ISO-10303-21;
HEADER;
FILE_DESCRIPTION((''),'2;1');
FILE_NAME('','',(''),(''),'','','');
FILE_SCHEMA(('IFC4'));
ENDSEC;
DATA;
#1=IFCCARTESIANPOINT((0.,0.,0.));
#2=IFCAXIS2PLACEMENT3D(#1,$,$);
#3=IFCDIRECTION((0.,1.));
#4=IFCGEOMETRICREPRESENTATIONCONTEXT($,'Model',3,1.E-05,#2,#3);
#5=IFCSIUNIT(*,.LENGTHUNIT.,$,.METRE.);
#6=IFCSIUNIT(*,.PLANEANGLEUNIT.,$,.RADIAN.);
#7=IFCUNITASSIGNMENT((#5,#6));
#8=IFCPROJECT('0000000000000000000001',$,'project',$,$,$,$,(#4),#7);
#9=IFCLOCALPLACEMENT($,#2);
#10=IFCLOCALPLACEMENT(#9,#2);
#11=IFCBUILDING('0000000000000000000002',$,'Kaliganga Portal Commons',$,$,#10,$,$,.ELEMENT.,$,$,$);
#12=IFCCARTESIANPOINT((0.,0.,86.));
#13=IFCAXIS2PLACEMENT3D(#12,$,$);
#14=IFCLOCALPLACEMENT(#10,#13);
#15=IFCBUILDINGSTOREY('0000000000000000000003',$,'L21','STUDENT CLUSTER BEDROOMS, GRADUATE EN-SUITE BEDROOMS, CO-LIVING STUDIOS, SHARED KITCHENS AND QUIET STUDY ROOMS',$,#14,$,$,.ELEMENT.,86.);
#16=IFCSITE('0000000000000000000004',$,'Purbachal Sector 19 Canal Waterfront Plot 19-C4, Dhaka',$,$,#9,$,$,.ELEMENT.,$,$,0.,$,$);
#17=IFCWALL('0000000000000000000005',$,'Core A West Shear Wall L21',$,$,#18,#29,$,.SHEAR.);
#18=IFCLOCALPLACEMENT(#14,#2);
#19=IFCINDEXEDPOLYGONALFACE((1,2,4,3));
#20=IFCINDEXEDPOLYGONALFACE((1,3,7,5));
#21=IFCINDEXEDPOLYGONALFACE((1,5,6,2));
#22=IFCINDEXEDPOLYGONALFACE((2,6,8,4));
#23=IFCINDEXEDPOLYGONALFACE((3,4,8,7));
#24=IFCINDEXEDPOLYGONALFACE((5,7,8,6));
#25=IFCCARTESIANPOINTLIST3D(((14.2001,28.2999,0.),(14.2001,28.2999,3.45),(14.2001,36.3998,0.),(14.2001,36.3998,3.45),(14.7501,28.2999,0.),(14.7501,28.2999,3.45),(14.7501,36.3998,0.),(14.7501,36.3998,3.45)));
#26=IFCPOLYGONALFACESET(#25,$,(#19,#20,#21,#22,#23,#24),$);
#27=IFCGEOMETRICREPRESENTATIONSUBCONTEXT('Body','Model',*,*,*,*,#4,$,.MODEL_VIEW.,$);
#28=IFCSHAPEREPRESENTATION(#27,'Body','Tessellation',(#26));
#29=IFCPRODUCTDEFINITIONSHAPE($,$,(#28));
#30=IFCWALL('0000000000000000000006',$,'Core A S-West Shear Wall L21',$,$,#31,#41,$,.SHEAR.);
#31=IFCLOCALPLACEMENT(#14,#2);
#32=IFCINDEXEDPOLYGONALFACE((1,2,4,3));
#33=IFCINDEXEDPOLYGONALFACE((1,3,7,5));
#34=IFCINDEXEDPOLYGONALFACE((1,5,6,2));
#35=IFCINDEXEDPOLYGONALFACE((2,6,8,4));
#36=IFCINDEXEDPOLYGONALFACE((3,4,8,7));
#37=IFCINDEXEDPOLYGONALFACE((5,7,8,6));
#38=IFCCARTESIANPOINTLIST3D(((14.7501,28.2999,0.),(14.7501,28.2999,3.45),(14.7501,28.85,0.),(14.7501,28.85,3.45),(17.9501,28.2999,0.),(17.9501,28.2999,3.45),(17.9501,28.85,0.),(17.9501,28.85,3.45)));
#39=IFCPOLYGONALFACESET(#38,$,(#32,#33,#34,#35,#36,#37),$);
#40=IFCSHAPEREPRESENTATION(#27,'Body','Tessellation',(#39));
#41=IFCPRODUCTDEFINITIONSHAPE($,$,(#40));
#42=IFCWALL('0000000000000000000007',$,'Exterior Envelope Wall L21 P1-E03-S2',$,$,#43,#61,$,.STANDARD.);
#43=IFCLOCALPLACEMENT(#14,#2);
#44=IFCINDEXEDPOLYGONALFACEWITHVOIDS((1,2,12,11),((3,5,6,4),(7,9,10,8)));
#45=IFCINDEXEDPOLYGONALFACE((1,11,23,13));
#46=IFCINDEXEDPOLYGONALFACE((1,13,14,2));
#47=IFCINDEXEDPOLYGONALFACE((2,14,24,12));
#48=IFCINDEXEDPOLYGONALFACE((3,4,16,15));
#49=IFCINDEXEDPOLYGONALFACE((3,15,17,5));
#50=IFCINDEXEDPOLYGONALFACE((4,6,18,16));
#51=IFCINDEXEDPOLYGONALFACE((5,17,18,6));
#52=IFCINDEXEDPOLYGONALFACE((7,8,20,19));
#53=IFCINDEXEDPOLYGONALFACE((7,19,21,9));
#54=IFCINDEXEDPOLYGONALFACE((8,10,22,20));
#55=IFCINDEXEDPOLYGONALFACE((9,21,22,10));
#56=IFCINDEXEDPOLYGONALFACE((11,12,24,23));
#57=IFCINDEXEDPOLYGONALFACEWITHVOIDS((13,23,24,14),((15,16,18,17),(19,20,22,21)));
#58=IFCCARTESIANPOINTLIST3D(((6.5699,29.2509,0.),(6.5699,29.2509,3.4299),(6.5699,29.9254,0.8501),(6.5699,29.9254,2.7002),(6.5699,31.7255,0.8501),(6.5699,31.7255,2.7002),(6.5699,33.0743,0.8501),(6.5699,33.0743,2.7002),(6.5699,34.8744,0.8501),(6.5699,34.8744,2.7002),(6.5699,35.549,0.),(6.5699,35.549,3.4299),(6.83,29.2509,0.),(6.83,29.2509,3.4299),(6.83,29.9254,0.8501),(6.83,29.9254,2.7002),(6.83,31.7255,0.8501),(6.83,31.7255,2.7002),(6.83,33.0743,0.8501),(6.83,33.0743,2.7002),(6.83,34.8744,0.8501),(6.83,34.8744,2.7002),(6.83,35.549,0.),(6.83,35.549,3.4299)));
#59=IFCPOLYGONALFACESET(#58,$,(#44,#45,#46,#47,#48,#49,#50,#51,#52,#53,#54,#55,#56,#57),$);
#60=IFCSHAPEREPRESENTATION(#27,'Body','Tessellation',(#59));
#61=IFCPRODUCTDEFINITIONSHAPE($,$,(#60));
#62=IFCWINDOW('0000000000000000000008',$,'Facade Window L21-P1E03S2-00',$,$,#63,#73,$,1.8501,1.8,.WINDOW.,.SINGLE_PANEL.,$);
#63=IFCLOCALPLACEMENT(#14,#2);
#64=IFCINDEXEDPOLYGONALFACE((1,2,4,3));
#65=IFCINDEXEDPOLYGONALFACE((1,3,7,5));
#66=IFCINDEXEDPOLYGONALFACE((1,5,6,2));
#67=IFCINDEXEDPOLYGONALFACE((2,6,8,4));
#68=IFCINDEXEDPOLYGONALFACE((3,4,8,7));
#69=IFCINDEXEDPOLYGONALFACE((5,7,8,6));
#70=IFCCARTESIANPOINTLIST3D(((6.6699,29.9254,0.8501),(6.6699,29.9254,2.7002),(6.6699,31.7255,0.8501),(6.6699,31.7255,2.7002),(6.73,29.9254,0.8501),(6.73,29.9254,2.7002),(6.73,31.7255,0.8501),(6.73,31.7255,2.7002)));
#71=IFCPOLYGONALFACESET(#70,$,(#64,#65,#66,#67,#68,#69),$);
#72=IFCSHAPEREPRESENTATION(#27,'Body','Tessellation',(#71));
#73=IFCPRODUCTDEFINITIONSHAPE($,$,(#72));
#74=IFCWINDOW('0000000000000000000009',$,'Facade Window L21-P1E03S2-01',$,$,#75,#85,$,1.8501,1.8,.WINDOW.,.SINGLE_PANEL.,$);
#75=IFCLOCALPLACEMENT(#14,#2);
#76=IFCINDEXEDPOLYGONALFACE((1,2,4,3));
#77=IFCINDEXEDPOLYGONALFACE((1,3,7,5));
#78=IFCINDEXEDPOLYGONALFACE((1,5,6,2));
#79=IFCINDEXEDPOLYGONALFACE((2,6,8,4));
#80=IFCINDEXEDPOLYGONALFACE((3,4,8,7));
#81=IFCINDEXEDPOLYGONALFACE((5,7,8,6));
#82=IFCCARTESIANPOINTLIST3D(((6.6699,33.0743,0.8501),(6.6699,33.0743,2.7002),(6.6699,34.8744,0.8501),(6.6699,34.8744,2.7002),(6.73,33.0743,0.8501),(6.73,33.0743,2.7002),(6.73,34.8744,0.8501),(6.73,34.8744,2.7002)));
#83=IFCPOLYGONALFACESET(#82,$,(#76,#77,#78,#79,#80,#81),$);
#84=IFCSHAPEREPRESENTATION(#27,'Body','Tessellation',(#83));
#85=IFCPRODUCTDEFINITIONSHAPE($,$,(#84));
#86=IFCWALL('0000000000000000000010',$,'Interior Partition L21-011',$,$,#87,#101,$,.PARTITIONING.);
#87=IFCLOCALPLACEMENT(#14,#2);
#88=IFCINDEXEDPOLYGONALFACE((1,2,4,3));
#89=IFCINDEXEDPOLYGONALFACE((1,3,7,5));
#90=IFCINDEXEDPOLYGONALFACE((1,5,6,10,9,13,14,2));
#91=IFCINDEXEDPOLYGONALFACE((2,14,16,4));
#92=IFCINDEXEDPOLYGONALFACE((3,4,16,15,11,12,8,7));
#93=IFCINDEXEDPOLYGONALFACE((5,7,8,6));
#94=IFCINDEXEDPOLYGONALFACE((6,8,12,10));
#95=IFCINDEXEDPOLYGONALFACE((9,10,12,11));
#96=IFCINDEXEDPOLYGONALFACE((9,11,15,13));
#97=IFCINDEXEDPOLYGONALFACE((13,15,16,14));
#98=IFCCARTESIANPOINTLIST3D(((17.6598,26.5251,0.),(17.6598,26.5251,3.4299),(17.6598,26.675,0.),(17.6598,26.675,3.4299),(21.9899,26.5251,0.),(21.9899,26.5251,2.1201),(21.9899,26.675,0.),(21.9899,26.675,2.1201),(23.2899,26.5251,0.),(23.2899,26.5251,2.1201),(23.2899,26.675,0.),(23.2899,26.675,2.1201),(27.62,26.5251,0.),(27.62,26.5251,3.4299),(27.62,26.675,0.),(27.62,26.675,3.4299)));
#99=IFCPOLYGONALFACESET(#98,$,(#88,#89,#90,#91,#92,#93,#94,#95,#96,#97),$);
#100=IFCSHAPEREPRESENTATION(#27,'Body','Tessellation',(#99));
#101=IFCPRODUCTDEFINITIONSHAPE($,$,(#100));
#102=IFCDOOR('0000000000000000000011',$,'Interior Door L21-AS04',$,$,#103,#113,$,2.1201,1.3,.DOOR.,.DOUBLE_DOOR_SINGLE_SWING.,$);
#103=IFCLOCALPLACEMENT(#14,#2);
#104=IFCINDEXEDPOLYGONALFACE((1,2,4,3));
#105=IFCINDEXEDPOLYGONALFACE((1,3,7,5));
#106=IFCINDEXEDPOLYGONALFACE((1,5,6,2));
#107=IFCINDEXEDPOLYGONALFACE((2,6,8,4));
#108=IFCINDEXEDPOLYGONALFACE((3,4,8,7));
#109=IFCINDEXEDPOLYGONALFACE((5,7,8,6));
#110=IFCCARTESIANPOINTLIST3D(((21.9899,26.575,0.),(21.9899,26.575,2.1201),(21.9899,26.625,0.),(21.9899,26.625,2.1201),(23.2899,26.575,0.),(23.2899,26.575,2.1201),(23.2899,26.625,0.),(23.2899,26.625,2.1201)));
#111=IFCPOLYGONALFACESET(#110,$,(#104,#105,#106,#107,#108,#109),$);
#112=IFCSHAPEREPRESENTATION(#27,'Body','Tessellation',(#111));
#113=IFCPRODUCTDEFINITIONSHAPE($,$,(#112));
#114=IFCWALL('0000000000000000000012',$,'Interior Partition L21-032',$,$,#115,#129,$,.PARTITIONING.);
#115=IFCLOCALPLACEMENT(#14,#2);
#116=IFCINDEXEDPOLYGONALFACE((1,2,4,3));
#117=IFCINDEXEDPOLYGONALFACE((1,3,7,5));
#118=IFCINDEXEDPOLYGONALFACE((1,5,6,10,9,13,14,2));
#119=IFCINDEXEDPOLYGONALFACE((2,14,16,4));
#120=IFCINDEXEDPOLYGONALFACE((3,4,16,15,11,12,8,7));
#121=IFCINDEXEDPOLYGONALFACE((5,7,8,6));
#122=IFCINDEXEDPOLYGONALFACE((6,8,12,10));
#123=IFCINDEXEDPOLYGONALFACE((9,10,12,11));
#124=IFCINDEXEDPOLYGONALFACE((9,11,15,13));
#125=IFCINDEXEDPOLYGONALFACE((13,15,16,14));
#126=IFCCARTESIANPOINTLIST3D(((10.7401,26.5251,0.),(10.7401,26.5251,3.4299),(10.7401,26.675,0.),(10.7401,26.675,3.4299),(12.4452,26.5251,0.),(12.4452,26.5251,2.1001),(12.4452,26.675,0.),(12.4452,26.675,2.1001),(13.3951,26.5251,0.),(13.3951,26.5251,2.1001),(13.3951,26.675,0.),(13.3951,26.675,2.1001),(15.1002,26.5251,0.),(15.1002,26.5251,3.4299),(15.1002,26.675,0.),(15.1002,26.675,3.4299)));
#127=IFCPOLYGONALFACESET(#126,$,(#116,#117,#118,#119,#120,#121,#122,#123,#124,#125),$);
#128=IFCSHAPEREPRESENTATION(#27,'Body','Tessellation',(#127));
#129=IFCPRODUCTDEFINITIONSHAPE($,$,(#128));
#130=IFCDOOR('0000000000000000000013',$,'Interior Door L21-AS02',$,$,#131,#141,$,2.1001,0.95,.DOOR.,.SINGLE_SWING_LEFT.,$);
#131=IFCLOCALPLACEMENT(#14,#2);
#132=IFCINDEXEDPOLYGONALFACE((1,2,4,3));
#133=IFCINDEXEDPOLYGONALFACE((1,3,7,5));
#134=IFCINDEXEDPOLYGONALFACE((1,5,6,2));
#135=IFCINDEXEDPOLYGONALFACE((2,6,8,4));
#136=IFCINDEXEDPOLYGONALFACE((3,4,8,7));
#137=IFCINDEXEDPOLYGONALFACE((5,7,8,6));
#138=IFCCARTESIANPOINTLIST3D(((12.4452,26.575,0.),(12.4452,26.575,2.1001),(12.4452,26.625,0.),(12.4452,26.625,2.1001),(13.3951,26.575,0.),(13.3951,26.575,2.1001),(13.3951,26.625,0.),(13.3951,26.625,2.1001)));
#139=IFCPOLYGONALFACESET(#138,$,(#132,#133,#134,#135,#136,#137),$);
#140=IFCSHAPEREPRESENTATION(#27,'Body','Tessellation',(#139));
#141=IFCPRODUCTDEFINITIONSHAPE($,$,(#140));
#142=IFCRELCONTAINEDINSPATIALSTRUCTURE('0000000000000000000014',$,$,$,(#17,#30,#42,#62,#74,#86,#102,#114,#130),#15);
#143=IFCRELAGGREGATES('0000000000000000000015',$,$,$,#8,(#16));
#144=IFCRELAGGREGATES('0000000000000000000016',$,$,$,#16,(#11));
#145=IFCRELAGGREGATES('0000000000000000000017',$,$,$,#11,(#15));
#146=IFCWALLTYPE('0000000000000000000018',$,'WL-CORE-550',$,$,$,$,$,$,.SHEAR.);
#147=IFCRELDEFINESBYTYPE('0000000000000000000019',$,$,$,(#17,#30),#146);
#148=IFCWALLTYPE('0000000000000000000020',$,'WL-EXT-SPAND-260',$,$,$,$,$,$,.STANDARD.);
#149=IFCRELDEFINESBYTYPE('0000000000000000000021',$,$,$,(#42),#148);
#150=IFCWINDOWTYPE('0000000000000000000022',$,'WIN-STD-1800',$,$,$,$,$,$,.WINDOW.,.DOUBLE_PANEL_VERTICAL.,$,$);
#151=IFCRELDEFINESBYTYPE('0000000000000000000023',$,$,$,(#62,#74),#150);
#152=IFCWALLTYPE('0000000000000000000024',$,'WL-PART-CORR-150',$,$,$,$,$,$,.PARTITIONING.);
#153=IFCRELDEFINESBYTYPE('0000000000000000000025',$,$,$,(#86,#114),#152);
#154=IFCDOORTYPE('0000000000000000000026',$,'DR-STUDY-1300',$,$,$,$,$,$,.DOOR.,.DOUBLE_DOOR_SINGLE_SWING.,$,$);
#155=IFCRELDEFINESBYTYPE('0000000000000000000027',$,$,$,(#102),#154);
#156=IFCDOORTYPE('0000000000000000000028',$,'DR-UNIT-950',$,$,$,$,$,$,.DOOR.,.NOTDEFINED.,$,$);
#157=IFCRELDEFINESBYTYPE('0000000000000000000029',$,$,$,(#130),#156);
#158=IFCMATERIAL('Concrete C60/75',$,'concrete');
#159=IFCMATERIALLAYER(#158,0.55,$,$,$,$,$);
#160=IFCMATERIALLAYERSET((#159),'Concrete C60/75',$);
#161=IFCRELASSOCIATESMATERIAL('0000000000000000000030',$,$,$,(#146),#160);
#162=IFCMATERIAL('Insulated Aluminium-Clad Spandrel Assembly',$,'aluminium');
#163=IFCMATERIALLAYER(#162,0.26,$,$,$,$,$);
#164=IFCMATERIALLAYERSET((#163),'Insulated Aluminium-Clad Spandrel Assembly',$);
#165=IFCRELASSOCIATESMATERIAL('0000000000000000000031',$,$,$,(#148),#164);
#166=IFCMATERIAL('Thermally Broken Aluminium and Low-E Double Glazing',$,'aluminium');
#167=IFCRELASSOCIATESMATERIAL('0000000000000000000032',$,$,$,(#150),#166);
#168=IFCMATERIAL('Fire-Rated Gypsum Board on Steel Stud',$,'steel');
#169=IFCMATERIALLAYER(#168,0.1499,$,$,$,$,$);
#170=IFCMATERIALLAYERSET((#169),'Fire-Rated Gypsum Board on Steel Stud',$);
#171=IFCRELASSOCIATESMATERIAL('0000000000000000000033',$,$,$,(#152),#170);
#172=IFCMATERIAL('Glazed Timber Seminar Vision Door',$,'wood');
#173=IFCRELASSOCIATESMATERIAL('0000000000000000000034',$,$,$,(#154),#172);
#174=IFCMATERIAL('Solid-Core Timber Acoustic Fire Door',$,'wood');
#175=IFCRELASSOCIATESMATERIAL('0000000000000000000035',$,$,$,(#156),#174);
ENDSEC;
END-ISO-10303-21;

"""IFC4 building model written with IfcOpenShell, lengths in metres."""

from ifc_helpers import new_model, si_unit, direction, frame, frame_2d, origin, place, context, subcontext, project, spatial, rectangle, extrude, material, layer, layer_set, type_object, element, fill, save


model = new_model("IFC4")

# Units and contexts
model_context = context("Model", 3, precision=1e-05, world=origin(), true_north=direction((0.0, 1.0)))
body_context = subcontext(model_context, "Body", "Model", "MODEL_VIEW")
ifc_project = project(units=[si_unit("LENGTHUNIT", "METRE"), si_unit("PLANEANGLEUNIT", "RADIAN")], contexts=[model_context])

# Site, building, storey
site_placement = place(None, origin())
site = spatial("IfcSite", under=ifc_project, at=site_placement, Name="Purbachal Sector 19 Canal Waterfront Plot 19-C4, Dhaka", CompositionType="ELEMENT", RefElevation=0.0)
building_placement = place(site_placement, origin())
building = spatial("IfcBuilding", under=site, at=building_placement, Name="Kaliganga Portal Commons", CompositionType="ELEMENT")
storey_placement = place(building_placement, frame((0.0, 0.0, 86.0)))
storey = spatial("IfcBuildingStorey", under=building, at=storey_placement, Name="L21", Description="STUDENT CLUSTER BEDROOMS, GRADUATE EN-SUITE BEDROOMS, CO-LIVING STUDIOS, SHARED KITCHENS AND QUIET STUDY ROOMS", CompositionType="ELEMENT", Elevation=86.0)

# Shared definitions
ifc_material_1 = material(Name="Concrete C60/75", Category="concrete")

# Walls
ifc_layer_1 = layer(ifc_material_1, 0.55)
ifc_layer_set_1 = layer_set([ifc_layer_1], Name="Concrete C60/75")
wall_type_1 = type_object("IfcWallType", Name="WL-CORE-550", PredefinedType="SHEAR", material=ifc_layer_set_1)
wall_1_placement = place(storey_placement, frame((14.4751, 28.3, 0.0), z_axis=(0.0, 0.0, 1.0), x_axis=(0.0, 1.0, 0.0)))
element("IfcWall", 1, at=wall_1_placement, inside=storey, type_object=wall_type_1, Name="Core A West Shear Wall L21", PredefinedType="SHEAR", context=body_context, shape_type="SweptSolid", body=[
    extrude(rectangle(XDim=8.0999, YDim=0.55, at=frame_2d((4.0498, 0.0))), origin(), (0.0, 0.0, 1.0), 3.45),
])
wall_2_placement = place(storey_placement, frame((14.75, 28.575, 0.0), z_axis=(0.0, 0.0, 1.0), x_axis=(1.0, 0.0, 0.0)))
element("IfcWall", 2, at=wall_2_placement, inside=storey, type_object=wall_type_1, Name="Core A S-West Shear Wall L21", PredefinedType="SHEAR", context=body_context, shape_type="SweptSolid", body=[
    extrude(rectangle(XDim=3.2, YDim=0.55, at=frame_2d((1.6001, 0.0))), origin(), (0.0, 0.0, 1.0), 3.45),
])

# Wall, openings, windows
ifc_material_2 = material(Name="Insulated Aluminium-Clad Spandrel Assembly", Category="aluminium")
ifc_layer_2 = layer(ifc_material_2, 0.26)
ifc_layer_set_2 = layer_set([ifc_layer_2], Name="Insulated Aluminium-Clad Spandrel Assembly")
wall_type_2 = type_object("IfcWallType", Name="WL-EXT-SPAND-260", PredefinedType="STANDARD", material=ifc_layer_set_2)
wall_3_placement = place(storey_placement, frame((6.7, 29.251, 0.0), z_axis=(0.0, 0.0, 1.0), x_axis=(0.0, 1.0, 0.0)))
wall_3 = element("IfcWall", 3, at=wall_3_placement, inside=storey, type_object=wall_type_2, Name="Exterior Envelope Wall L21 P1-E03-S2", PredefinedType="STANDARD", context=body_context, shape_type="SweptSolid", body=[
    extrude(rectangle(XDim=6.2981, YDim=0.26, at=frame_2d((3.1489, 0.0))), origin(), (0.0, 0.0, 1.0), 3.4299),
])
opening_1_placement = place(wall_3_placement, frame((0.6746, 0.0, 0.8501)))
opening_1 = element("IfcOpeningElement", 4, at=opening_1_placement, cuts=wall_3, PredefinedType="OPENING", context=body_context, shape_type="SweptSolid", body=[
    extrude(rectangle(XDim=1.8, YDim=1.8501, at=frame_2d((0.8999, 0.925))), frame((0.0, 0.1401, 0.0), z_axis=(0.0, -1.0, 0.0), x_axis=(1.0, 0.0, 0.0)), (0.0, 0.0, 1.0), 0.28),
])
opening_2_placement = place(wall_3_placement, frame((3.8235, 0.0, 0.8501)))
opening_2 = element("IfcOpeningElement", 5, at=opening_2_placement, cuts=wall_3, PredefinedType="OPENING", context=body_context, shape_type="SweptSolid", body=[
    extrude(rectangle(XDim=1.8, YDim=1.8501, at=frame_2d((0.8999, 0.925))), frame((0.0, 0.1401, 0.0), z_axis=(0.0, -1.0, 0.0), x_axis=(1.0, 0.0, 0.0)), (0.0, 0.0, 1.0), 0.28),
])
ifc_material_3 = material(Name="Thermally Broken Aluminium and Low-E Double Glazing", Category="aluminium")
window_type = type_object("IfcWindowType", Name="WIN-STD-1800", PartitioningType="DOUBLE_PANEL_VERTICAL", PredefinedType="WINDOW", material=ifc_material_3)
window_1_placement = place(opening_1_placement, origin())
window_1 = element("IfcWindow", 6, at=window_1_placement, inside=storey, type_object=window_type, Name="Facade Window L21-P1E03S2-00", OverallHeight=1.8501, OverallWidth=1.8, PartitioningType="SINGLE_PANEL", PredefinedType="WINDOW", context=body_context, shape_type="SweptSolid", body=[
    extrude(rectangle(XDim=1.8, YDim=1.8501, at=frame_2d((0.8999, 0.925))), frame((0.0, 0.03, 0.0), z_axis=(0.0, -1.0, 0.0), x_axis=(1.0, 0.0, 0.0)), (0.0, 0.0, 1.0), 0.0601),
])
fill(opening_1, window_1)
window_2_placement = place(opening_2_placement, origin())
window_2 = element("IfcWindow", 7, at=window_2_placement, inside=storey, type_object=window_type, Name="Facade Window L21-P1E03S2-01", OverallHeight=1.8501, OverallWidth=1.8, PartitioningType="SINGLE_PANEL", PredefinedType="WINDOW", context=body_context, shape_type="SweptSolid", body=[
    extrude(rectangle(XDim=1.8, YDim=1.8501, at=frame_2d((0.8999, 0.925))), frame((0.0, 0.03, 0.0), z_axis=(0.0, -1.0, 0.0), x_axis=(1.0, 0.0, 0.0)), (0.0, 0.0, 1.0), 0.0601),
])
fill(opening_2, window_2)

# Walls, openings, doors
ifc_material_4 = material(Name="Fire-Rated Gypsum Board on Steel Stud", Category="steel")
ifc_layer_3 = layer(ifc_material_4, 0.1499)
ifc_layer_set_3 = layer_set([ifc_layer_3], Name="Fire-Rated Gypsum Board on Steel Stud")
wall_type_3 = type_object("IfcWallType", Name="WL-PART-CORR-150", PredefinedType="PARTITIONING", material=ifc_layer_set_3)
wall_4_placement = place(storey_placement, frame((17.6599, 26.6001, 0.0), z_axis=(0.0, 0.0, 1.0), x_axis=(1.0, 0.0, 0.0)))
wall_4 = element("IfcWall", 8, at=wall_4_placement, inside=storey, type_object=wall_type_3, Name="Interior Partition L21-011", PredefinedType="PARTITIONING", context=body_context, shape_type="SweptSolid", body=[
    extrude(rectangle(XDim=9.9602, YDim=0.1499, at=frame_2d((4.98, 0.0))), origin(), (0.0, 0.0, 1.0), 3.4299),
])
opening_3_placement = place(wall_4_placement, frame((4.3301, 0.0, 0.0)))
opening_3 = element("IfcOpeningElement", 9, at=opening_3_placement, cuts=wall_4, PredefinedType="OPENING", context=body_context, shape_type="SweptSolid", body=[
    extrude(rectangle(XDim=1.3, YDim=2.1201, at=frame_2d((0.6499, 1.0601))), frame((0.0, 0.085, 0.0), z_axis=(0.0, -1.0, 0.0), x_axis=(1.0, 0.0, 0.0)), (0.0, 0.0, 1.0), 0.1699),
])
ifc_material_5 = material(Name="Glazed Timber Seminar Vision Door", Category="wood")
door_type_1 = type_object("IfcDoorType", Name="DR-STUDY-1300", OperationType="DOUBLE_DOOR_SINGLE_SWING", PredefinedType="DOOR", material=ifc_material_5)
door_1_placement = place(opening_3_placement, origin())
door_1 = element("IfcDoor", 10, at=door_1_placement, inside=storey, type_object=door_type_1, Name="Interior Door L21-AS04", OperationType="DOUBLE_DOOR_SINGLE_SWING", OverallHeight=2.1201, OverallWidth=1.3, PredefinedType="DOOR", context=body_context, shape_type="SweptSolid", body=[
    extrude(rectangle(XDim=1.3, YDim=2.1201, at=frame_2d((0.6499, 1.0601))), frame((0.0, 0.0249, 0.0), z_axis=(0.0, -1.0, 0.0), x_axis=(1.0, 0.0, 0.0)), (0.0, 0.0, 1.0), 0.05),
])
fill(opening_3, door_1)
wall_5_placement = place(storey_placement, frame((10.74, 26.6001, 0.0), z_axis=(0.0, 0.0, 1.0), x_axis=(1.0, 0.0, 0.0)))
wall_5 = element("IfcWall", 11, at=wall_5_placement, inside=storey, type_object=wall_type_3, Name="Interior Partition L21-032", PredefinedType="PARTITIONING", context=body_context, shape_type="SweptSolid", body=[
    extrude(rectangle(XDim=4.3601, YDim=0.1499, at=frame_2d((2.1802, 0.0))), origin(), (0.0, 0.0, 1.0), 3.4299),
])
opening_4_placement = place(wall_5_placement, frame((1.7051, 0.0, 0.0)))
opening_4 = element("IfcOpeningElement", 12, at=opening_4_placement, cuts=wall_5, PredefinedType="OPENING", context=body_context, shape_type="SweptSolid", body=[
    extrude(rectangle(XDim=0.95, YDim=2.1001, at=frame_2d((0.4751, 1.05))), frame((0.0, 0.085, 0.0), z_axis=(0.0, -1.0, 0.0), x_axis=(1.0, 0.0, 0.0)), (0.0, 0.0, 1.0), 0.1699),
])
ifc_material_6 = material(Name="Solid-Core Timber Acoustic Fire Door", Category="wood")
door_type_2 = type_object("IfcDoorType", Name="DR-UNIT-950", OperationType="NOTDEFINED", PredefinedType="DOOR", material=ifc_material_6)
door_2_placement = place(opening_4_placement, origin())
door_2 = element("IfcDoor", 13, at=door_2_placement, inside=storey, type_object=door_type_2, Name="Interior Door L21-AS02", OperationType="SINGLE_SWING_LEFT", OverallHeight=2.1001, OverallWidth=0.95, PredefinedType="DOOR", context=body_context, shape_type="SweptSolid", body=[
    extrude(rectangle(XDim=0.95, YDim=2.1001, at=frame_2d((0.4751, 1.05))), frame((0.0, 0.0249, 0.0), z_axis=(0.0, -1.0, 0.0), x_axis=(1.0, 0.0, 0.0)), (0.0, 0.0, 1.0), 0.05),
])
fill(opening_4, door_2)

save(model, "model.ifc")
